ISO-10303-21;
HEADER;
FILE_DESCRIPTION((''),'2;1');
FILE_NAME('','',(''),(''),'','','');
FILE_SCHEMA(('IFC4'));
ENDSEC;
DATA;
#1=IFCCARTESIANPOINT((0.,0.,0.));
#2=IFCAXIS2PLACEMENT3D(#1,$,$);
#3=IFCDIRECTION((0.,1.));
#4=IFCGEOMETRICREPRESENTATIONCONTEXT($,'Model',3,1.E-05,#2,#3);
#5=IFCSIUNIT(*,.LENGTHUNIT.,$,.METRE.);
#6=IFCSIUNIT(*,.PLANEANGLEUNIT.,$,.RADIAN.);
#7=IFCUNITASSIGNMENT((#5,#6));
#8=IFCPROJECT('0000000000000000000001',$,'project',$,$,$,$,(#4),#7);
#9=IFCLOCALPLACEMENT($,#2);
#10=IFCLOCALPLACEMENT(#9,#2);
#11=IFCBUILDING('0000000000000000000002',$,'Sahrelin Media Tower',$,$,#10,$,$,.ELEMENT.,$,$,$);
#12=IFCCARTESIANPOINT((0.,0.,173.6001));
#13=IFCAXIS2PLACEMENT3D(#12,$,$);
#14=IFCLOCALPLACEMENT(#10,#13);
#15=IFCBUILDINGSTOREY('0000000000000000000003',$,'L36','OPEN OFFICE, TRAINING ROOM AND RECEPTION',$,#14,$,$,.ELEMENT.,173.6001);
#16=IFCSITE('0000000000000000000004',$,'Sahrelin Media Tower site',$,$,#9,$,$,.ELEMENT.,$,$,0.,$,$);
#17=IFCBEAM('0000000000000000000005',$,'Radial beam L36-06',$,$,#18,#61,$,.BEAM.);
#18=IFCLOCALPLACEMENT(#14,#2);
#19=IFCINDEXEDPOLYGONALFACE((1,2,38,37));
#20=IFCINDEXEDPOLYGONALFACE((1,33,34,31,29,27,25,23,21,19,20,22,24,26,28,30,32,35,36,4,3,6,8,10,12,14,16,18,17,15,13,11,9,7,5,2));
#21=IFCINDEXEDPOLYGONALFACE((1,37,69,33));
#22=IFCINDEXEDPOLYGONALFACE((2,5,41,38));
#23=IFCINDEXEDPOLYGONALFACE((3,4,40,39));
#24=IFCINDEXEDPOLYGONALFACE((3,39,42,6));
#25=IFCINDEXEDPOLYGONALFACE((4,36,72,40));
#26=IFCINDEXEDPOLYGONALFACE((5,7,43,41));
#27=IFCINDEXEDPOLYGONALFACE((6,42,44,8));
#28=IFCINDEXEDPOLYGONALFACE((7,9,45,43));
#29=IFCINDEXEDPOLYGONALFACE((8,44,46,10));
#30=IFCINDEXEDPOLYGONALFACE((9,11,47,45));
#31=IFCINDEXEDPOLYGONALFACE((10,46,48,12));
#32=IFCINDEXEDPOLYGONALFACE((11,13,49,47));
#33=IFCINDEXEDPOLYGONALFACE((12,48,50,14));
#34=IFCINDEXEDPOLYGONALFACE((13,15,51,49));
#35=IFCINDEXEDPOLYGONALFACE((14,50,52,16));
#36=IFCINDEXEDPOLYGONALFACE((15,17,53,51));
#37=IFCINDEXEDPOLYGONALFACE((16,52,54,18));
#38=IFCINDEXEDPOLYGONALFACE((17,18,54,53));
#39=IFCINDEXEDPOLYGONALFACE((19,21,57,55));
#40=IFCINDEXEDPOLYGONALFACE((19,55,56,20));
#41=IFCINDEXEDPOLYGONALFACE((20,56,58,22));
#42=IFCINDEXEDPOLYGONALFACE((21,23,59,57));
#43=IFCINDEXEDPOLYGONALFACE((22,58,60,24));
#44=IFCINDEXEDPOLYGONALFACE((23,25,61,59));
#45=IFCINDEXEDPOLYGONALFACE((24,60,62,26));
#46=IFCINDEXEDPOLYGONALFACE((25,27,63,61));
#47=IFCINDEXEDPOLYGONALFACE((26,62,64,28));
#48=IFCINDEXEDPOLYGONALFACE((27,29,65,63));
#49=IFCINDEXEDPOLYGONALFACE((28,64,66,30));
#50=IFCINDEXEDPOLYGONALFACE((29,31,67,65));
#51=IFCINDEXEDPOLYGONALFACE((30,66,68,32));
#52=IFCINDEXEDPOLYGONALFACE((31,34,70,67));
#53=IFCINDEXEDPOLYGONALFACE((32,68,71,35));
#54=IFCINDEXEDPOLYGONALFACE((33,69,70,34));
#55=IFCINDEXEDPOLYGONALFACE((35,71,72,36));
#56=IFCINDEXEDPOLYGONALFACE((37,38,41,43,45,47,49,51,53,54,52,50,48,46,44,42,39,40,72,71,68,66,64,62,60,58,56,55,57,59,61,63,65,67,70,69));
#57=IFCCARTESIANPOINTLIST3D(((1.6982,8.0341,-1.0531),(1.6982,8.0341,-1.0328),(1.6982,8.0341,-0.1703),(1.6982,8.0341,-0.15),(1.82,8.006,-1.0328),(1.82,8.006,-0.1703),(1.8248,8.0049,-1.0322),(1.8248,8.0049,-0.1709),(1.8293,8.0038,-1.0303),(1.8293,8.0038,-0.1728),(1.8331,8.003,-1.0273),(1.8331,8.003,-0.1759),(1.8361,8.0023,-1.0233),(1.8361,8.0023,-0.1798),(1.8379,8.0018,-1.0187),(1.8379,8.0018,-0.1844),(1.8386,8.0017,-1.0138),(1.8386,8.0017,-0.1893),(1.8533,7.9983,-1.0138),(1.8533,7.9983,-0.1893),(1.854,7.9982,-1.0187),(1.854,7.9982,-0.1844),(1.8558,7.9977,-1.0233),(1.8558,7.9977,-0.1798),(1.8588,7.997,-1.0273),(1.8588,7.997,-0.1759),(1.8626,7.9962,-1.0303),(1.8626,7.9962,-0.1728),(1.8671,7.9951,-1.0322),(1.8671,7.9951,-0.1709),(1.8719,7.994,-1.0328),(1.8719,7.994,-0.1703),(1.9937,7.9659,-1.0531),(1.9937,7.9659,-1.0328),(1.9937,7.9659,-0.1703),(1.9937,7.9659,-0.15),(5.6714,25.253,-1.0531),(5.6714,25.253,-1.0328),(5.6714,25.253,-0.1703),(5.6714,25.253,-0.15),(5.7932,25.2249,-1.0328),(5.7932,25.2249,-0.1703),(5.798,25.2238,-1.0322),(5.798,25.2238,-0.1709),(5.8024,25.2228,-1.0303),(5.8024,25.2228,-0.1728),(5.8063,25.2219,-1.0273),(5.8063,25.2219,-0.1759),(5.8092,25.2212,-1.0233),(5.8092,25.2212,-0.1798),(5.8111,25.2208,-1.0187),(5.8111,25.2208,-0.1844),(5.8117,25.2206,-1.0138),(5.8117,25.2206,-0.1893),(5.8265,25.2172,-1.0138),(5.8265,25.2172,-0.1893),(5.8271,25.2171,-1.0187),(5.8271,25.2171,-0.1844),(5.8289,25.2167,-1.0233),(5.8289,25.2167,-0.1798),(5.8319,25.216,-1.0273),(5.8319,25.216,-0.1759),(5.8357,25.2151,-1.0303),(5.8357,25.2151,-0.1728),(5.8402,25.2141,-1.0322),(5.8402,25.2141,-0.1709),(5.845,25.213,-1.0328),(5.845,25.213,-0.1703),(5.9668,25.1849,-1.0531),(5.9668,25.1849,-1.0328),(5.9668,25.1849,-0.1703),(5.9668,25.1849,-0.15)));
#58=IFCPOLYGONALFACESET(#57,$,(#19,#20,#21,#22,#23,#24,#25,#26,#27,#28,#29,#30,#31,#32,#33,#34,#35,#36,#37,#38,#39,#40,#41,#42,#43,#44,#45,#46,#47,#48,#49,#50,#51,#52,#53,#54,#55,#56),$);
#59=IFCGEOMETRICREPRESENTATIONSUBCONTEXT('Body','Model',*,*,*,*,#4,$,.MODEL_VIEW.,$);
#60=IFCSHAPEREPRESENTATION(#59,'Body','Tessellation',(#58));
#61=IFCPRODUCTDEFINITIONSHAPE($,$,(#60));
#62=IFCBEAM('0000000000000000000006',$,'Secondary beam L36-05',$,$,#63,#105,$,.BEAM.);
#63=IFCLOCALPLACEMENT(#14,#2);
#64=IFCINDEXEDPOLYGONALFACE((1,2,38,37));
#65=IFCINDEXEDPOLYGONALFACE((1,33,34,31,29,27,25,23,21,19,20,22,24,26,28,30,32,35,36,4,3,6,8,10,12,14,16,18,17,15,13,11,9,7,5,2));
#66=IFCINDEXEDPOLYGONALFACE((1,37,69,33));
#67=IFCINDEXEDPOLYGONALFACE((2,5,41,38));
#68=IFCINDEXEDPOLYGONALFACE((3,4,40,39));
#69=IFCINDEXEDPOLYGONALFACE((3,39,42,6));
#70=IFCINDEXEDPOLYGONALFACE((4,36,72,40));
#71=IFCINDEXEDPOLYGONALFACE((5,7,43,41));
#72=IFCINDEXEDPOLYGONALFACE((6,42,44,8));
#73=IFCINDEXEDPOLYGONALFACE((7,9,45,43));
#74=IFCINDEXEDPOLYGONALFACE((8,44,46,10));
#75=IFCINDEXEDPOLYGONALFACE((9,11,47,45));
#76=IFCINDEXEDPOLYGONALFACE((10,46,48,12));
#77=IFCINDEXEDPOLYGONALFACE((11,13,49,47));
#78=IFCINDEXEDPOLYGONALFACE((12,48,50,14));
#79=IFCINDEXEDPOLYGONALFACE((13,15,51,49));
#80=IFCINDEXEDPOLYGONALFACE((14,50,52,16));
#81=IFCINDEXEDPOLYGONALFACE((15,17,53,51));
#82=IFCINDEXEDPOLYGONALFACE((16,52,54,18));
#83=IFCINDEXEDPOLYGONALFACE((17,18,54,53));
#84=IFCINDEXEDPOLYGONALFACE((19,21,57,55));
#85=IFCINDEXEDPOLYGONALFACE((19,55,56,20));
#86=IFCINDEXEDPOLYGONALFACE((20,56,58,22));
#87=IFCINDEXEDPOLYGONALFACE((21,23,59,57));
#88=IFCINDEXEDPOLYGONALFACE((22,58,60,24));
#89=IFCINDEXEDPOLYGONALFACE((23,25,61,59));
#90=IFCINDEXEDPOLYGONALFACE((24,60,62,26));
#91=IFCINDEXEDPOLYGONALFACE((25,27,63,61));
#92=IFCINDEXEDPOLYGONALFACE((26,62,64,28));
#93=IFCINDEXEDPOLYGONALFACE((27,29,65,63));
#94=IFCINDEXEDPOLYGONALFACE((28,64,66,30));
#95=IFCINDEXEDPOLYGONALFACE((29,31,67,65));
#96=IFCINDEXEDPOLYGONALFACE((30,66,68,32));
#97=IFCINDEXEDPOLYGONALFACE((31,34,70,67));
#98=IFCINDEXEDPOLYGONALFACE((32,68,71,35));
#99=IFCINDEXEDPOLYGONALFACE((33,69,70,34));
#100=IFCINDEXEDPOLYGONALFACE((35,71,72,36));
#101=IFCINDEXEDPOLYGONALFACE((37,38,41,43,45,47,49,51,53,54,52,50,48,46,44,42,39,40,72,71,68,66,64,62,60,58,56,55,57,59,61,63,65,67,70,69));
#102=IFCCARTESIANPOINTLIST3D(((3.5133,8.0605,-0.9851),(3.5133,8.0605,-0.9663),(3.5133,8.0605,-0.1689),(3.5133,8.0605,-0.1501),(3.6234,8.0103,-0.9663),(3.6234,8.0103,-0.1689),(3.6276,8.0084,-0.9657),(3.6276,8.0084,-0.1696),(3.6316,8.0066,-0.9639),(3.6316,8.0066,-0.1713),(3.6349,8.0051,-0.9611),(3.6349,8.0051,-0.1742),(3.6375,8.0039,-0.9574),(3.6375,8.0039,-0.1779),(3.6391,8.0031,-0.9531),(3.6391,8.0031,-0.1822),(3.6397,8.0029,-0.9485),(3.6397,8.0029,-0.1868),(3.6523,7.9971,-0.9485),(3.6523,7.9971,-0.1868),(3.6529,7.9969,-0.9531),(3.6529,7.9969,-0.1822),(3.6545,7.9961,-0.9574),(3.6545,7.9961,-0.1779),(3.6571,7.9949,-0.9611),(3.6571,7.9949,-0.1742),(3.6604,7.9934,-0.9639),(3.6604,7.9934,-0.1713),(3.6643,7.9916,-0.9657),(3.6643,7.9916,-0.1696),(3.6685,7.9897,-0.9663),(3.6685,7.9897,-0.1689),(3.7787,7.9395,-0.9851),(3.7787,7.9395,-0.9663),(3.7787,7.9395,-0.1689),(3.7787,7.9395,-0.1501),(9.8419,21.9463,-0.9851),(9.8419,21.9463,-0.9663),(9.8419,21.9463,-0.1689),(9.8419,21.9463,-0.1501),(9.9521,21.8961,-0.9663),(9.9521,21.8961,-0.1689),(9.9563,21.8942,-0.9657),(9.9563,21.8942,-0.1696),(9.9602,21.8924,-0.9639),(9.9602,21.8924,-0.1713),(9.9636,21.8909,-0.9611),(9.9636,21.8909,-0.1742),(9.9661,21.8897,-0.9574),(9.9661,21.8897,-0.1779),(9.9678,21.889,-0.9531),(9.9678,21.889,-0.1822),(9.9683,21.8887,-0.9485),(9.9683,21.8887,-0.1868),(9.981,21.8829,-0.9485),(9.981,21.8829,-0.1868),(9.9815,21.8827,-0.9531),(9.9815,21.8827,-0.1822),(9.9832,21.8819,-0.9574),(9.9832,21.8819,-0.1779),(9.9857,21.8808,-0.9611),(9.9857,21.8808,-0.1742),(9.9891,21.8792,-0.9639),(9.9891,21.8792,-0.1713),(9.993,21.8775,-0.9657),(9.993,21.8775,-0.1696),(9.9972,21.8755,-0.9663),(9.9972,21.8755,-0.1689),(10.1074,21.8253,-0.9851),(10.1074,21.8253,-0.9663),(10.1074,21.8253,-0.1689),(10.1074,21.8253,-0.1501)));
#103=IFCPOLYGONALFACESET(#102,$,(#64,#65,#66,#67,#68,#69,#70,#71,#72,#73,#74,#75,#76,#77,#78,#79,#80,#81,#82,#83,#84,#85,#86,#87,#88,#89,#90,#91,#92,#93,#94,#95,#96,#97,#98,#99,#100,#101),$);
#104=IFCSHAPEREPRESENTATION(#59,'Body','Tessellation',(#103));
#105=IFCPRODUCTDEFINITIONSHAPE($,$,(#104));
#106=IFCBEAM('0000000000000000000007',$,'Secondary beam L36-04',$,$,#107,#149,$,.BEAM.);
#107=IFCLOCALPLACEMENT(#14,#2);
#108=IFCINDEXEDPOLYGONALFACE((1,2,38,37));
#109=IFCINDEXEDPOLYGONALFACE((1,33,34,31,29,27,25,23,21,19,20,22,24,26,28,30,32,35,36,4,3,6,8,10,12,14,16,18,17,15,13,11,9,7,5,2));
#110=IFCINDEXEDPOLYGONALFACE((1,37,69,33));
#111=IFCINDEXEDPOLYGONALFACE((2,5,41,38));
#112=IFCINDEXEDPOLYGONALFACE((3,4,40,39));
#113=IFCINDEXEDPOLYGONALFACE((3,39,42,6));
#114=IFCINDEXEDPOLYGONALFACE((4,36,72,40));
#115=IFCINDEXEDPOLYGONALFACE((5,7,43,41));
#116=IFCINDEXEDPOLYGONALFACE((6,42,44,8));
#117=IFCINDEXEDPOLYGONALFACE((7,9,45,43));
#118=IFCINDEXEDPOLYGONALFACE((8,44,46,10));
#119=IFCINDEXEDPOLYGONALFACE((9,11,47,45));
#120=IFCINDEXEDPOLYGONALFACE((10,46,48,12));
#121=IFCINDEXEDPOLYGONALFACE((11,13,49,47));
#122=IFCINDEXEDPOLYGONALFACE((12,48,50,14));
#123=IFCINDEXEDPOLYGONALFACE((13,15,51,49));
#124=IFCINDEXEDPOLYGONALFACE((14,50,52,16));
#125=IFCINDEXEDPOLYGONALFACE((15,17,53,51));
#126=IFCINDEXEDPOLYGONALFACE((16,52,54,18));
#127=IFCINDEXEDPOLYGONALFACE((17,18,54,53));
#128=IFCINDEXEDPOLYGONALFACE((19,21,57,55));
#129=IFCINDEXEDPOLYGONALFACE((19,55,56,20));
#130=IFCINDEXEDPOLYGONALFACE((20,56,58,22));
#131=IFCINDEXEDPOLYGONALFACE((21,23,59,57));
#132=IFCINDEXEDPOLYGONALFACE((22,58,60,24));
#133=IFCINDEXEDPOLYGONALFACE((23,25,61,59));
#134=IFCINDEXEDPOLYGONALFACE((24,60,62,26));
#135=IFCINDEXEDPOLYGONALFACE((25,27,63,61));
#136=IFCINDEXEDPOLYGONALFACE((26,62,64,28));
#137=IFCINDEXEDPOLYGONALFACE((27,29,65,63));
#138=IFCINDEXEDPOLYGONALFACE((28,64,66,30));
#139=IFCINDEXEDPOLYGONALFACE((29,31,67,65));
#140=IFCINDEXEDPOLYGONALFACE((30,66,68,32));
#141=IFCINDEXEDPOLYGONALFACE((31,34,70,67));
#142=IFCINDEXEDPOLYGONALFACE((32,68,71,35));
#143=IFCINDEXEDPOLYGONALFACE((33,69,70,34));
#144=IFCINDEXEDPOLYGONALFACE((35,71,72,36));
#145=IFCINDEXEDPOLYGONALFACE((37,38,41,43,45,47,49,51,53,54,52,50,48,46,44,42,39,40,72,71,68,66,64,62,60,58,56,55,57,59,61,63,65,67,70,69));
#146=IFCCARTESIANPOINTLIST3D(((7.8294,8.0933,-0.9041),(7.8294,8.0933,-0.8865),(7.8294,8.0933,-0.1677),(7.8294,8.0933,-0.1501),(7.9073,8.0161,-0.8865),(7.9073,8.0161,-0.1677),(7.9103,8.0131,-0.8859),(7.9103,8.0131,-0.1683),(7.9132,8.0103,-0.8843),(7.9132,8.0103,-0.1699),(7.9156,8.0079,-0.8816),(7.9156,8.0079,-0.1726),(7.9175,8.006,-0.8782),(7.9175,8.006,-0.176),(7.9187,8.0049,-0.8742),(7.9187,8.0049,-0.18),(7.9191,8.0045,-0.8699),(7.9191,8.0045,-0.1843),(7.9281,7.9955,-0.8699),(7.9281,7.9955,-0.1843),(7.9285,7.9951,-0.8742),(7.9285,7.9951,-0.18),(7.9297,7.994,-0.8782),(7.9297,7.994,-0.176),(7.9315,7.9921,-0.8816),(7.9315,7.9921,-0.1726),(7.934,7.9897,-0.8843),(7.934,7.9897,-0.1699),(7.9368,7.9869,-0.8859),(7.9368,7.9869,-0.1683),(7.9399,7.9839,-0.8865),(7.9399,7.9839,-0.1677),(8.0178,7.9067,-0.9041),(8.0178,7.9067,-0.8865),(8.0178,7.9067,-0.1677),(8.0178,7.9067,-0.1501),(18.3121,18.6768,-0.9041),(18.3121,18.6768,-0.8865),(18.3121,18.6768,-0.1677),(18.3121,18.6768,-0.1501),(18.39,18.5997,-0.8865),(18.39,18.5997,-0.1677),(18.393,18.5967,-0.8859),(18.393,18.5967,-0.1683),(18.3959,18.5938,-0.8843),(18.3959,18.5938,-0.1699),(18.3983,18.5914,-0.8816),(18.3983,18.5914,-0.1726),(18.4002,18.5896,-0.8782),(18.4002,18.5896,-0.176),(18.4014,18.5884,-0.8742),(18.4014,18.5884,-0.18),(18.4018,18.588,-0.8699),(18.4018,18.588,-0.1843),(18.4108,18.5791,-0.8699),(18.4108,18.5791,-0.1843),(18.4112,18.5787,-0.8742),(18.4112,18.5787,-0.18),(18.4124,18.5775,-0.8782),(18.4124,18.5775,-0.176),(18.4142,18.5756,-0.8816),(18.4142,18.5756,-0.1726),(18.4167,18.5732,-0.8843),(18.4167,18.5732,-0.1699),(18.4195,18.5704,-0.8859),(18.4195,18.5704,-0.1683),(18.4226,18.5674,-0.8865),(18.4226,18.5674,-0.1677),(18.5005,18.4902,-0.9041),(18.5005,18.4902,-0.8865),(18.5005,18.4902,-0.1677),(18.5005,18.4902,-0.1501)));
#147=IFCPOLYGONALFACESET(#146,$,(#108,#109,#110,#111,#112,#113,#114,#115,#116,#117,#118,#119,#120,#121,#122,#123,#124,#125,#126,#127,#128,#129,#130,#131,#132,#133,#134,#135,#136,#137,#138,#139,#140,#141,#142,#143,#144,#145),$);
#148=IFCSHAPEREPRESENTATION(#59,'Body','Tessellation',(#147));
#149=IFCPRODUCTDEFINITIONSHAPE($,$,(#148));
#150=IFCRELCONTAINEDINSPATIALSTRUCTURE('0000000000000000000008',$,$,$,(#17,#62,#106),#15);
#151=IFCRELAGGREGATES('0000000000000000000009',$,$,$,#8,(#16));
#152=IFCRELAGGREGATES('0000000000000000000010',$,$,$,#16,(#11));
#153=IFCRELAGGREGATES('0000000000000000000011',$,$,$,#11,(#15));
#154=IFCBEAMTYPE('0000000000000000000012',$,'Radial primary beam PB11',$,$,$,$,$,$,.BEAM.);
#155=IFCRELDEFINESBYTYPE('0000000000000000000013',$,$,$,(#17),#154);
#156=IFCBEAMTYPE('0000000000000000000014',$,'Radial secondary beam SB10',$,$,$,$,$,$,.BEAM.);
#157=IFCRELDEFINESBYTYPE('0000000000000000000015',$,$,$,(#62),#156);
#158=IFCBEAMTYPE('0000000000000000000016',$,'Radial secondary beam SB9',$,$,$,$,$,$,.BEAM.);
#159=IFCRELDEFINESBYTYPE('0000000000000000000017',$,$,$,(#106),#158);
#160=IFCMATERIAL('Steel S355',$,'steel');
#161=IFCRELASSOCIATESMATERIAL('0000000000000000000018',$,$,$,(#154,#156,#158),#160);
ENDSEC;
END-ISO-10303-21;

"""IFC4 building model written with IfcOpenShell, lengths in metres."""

from ifc_helpers import new_model, si_unit, direction, frame, origin, origin_2d, place, context, subcontext, project, spatial, i_section, extrude, material, material_profile, profile_set, type_object, element, save


model = new_model("IFC4")

# Units and contexts
model_context = context("Model", 3, precision=1e-05, world=origin(), true_north=direction((0.0, 1.0)))
body_context = subcontext(model_context, "Body", "Model", "MODEL_VIEW")
ifc_project = project(units=[si_unit("LENGTHUNIT", "METRE"), si_unit("PLANEANGLEUNIT", "RADIAN")], contexts=[model_context])

# Site, building, storey
site_placement = place(None, origin())
site = spatial("IfcSite", under=ifc_project, at=site_placement, Name="Sahrelin Media Tower site", CompositionType="ELEMENT", RefElevation=0.0)
building_placement = place(site_placement, origin())
building = spatial("IfcBuilding", under=site, at=building_placement, Name="Sahrelin Media Tower", CompositionType="ELEMENT")
storey_placement = place(building_placement, frame((0.0, 0.0, 173.6001)))
storey = spatial("IfcBuildingStorey", under=building, at=storey_placement, Name="L36", Description="OPEN OFFICE, TRAINING ROOM AND RECEPTION", CompositionType="ELEMENT", Elevation=173.6001)

# Shared definitions
ifc_material_1 = material(Name="Steel S355", Category="steel")

# Beams
ifc_material_profile_1 = material_profile(ifc_material_1, i_section(OverallWidth=0.3032, OverallDepth=0.9031, WebThickness=0.0151, FlangeThickness=0.0203, FilletRadius=0.019, at=origin_2d()), Name="UB 914x305x201")
ifc_profile_set_1 = profile_set([ifc_material_profile_1], Name="Steel S355")
beam_type_1 = type_object("IfcBeamType", Name="Radial primary beam PB11", PredefinedType="BEAM", material=ifc_profile_set_1)
beam_1_placement = place(storey_placement, frame((1.8459, 8.0, -0.6016), z_axis=(0.224834, 0.974397, 0.0), x_axis=(-0.974397, 0.224834, 0.0)))
element("IfcBeam", 1, at=beam_1_placement, inside=storey, type_object=beam_type_1, Name="Radial beam L36-06", PredefinedType="BEAM", context=body_context, shape_type="SweptSolid", body=[
    extrude(i_section(OverallWidth=0.3032, OverallDepth=0.9031, WebThickness=0.0151, FlangeThickness=0.0203, FilletRadius=0.019, at=origin_2d()), origin(), (0.0, 0.0, 1.0), 17.6714),
])
ifc_material_profile_2 = material_profile(ifc_material_1, i_section(OverallWidth=0.2917, OverallDepth=0.835, WebThickness=0.0139, FlangeThickness=0.0188, FilletRadius=0.0178, at=origin_2d()), Name="UB 838x292x176")
ifc_profile_set_2 = profile_set([ifc_material_profile_2], Name="Steel S355")
beam_type_2 = type_object("IfcBeamType", Name="Radial secondary beam SB10", PredefinedType="BEAM", material=ifc_profile_set_2)
beam_2_placement = place(storey_placement, frame((3.646, 8.0, -0.5676), z_axis=(0.414721, 0.909949, 0.0), x_axis=(-0.909949, 0.414721, 0.0)))
element("IfcBeam", 2, at=beam_2_placement, inside=storey, type_object=beam_type_2, Name="Secondary beam L36-05", PredefinedType="BEAM", context=body_context, shape_type="SweptSolid", body=[
    extrude(i_section(OverallWidth=0.2917, OverallDepth=0.835, WebThickness=0.0139, FlangeThickness=0.0188, FilletRadius=0.0178, at=origin_2d()), origin(), (0.0, 0.0, 1.0), 15.26),
])
ifc_material_profile_3 = material_profile(ifc_material_1, i_section(OverallWidth=0.2651, OverallDepth=0.7539, WebThickness=0.0127, FlangeThickness=0.0176, FilletRadius=0.0166, at=origin_2d()), Name="UB 762x267x147")
ifc_profile_set_3 = profile_set([ifc_material_profile_3], Name="Steel S355")
beam_type_3 = type_object("IfcBeamType", Name="Radial secondary beam SB9", PredefinedType="BEAM", material=ifc_profile_set_3)
beam_3_placement = place(storey_placement, frame((7.9236, 8.0, -0.5271), z_axis=(0.703714, 0.710483, 0.0), x_axis=(-0.710483, 0.703714, 0.0)))
element("IfcBeam", 3, at=beam_3_placement, inside=storey, type_object=beam_type_3, Name="Secondary beam L36-04", PredefinedType="BEAM", context=body_context, shape_type="SweptSolid", body=[
    extrude(i_section(OverallWidth=0.2651, OverallDepth=0.7539, WebThickness=0.0127, FlangeThickness=0.0176, FilletRadius=0.0166, at=origin_2d()), origin(), (0.0, 0.0, 1.0), 14.8962),
])

save(model, "model.ifc")
